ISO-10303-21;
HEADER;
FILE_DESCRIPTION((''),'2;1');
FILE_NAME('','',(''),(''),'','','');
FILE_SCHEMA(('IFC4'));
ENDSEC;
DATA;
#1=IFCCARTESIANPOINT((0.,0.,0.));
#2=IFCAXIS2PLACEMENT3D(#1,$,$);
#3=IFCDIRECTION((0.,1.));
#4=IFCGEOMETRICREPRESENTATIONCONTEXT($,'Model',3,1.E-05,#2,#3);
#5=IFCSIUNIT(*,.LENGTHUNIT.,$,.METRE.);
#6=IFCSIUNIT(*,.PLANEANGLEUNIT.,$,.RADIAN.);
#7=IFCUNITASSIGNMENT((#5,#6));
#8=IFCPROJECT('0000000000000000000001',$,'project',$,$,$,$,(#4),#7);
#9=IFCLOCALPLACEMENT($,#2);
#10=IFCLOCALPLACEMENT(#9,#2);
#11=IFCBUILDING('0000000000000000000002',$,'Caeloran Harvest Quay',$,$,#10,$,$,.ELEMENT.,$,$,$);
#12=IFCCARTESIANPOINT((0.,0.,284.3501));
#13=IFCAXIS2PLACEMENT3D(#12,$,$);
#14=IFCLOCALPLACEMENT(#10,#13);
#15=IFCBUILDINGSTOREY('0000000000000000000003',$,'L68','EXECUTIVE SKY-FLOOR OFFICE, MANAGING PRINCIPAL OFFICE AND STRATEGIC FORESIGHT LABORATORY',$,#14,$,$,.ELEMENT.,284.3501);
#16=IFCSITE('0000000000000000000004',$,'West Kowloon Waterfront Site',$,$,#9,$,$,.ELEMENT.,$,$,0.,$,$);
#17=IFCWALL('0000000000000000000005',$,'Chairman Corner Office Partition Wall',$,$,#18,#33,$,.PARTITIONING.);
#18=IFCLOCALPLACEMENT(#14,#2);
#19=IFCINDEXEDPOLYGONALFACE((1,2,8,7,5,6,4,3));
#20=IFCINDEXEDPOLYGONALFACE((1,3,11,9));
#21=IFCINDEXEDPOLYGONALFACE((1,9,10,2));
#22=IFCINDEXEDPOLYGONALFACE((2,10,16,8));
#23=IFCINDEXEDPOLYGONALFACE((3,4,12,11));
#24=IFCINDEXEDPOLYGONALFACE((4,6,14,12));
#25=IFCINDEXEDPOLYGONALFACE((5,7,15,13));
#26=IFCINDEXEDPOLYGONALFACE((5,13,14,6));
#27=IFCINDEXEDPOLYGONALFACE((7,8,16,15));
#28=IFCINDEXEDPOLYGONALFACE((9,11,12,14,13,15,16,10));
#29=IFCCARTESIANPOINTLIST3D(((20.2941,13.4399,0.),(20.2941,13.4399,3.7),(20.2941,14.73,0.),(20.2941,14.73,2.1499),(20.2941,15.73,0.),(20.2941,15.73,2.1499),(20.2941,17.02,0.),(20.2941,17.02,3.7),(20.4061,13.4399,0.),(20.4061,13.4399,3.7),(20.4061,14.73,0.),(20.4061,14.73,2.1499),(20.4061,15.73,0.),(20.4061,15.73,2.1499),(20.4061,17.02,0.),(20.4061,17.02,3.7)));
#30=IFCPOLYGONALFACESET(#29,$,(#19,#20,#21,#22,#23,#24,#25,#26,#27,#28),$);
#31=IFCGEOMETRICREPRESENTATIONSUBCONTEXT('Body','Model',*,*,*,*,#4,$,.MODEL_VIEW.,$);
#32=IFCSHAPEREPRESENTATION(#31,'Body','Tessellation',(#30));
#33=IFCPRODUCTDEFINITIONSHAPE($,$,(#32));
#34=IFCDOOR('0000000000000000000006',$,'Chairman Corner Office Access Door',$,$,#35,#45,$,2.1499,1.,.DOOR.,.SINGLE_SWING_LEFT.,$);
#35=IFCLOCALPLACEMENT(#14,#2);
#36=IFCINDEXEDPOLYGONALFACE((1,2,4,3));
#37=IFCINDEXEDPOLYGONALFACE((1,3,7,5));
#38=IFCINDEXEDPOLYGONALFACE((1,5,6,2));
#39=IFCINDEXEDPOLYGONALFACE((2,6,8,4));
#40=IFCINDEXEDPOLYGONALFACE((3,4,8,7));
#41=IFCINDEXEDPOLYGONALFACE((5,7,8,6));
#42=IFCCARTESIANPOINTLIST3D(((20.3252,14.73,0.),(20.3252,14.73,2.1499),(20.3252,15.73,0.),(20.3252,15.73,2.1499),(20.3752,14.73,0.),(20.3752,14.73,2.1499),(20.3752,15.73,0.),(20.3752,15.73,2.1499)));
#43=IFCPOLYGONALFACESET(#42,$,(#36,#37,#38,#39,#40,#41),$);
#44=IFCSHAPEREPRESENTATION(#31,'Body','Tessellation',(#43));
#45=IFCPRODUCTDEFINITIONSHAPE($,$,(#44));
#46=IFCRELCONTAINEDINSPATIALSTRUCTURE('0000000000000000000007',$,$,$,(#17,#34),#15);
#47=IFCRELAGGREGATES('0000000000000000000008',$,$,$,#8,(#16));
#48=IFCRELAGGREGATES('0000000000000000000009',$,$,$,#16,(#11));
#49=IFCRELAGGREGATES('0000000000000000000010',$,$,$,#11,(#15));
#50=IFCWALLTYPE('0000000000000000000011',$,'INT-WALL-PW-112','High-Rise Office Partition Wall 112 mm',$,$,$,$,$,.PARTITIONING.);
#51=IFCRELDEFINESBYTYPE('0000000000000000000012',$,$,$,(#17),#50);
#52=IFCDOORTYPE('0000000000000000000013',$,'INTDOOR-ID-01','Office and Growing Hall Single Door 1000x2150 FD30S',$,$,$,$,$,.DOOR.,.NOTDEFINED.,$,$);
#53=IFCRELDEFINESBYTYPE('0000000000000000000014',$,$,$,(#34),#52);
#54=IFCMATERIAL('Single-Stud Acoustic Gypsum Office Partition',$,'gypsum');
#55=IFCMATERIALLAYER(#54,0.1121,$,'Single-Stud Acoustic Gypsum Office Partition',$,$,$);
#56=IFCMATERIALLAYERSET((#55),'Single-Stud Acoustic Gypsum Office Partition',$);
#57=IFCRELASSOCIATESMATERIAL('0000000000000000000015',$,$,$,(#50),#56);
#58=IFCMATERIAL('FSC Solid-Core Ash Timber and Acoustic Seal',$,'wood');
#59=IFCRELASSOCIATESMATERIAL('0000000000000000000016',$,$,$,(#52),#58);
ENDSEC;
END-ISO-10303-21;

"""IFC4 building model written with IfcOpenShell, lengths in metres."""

from ifc_helpers import new_model, si_unit, direction, frame, frame_2d, origin, place, context, subcontext, project, spatial, rectangle, extrude, material, layer, layer_set, type_object, element, fill, save


model = new_model("IFC4")

# Units and contexts
model_context = context("Model", 3, precision=1e-05, world=origin(), true_north=direction((0.0, 1.0)))
body_context = subcontext(model_context, "Body", "Model", "MODEL_VIEW")
ifc_project = project(units=[si_unit("LENGTHUNIT", "METRE"), si_unit("PLANEANGLEUNIT", "RADIAN")], contexts=[model_context])

# Site, building, storey
site_placement = place(None, origin())
site = spatial("IfcSite", under=ifc_project, at=site_placement, Name="West Kowloon Waterfront Site", CompositionType="ELEMENT", RefElevation=0.0)
building_placement = place(site_placement, origin())
building = spatial("IfcBuilding", under=site, at=building_placement, Name="Caeloran Harvest Quay", CompositionType="ELEMENT")
storey_placement = place(building_placement, frame((0.0, 0.0, 284.3501)))
storey = spatial("IfcBuildingStorey", under=building, at=storey_placement, Name="L68", Description="EXECUTIVE SKY-FLOOR OFFICE, MANAGING PRINCIPAL OFFICE AND STRATEGIC FORESIGHT LABORATORY", CompositionType="ELEMENT", Elevation=284.3501)

# Shared definitions
ifc_material_1 = material(Name="Single-Stud Acoustic Gypsum Office Partition", Category="gypsum")
ifc_layer_1 = layer(ifc_material_1, 0.1121, Name="Single-Stud Acoustic Gypsum Office Partition")
ifc_layer_set_1 = layer_set([ifc_layer_1], Name="Single-Stud Acoustic Gypsum Office Partition")
wall_type_1 = type_object("IfcWallType", Name="INT-WALL-PW-112", Description="High-Rise Office Partition Wall 112 mm", PredefinedType="PARTITIONING", material=ifc_layer_set_1)

# Shared definitions
ifc_material_2 = material(Name="FSC Solid-Core Ash Timber and Acoustic Seal", Category="wood")
door_type = type_object("IfcDoorType", Name="INTDOOR-ID-01", Description="Office and Growing Hall Single Door 1000x2150 FD30S", OperationType="NOTDEFINED", PredefinedType="DOOR", material=ifc_material_2)

# Wall, opening, door
wall_1_placement = place(storey_placement, frame((20.3501, 13.4399, 0.0), z_axis=(0.0, 0.0, 1.0), x_axis=(0.0, 1.0, 0.0)))
wall_1 = element("IfcWall", 1, at=wall_1_placement, inside=storey, type_object=wall_type_1, Name="Chairman Corner Office Partition Wall", PredefinedType="PARTITIONING", context=body_context, shape_type="SweptSolid", body=[
    extrude(rectangle(XDim=3.5801, YDim=0.1121, at=frame_2d((1.79, 0.0))), origin(), (0.0, 0.0, 1.0), 3.7),
])
opening_1_placement = place(wall_1_placement, frame((1.29, 0.0, 0.0)))
opening_1 = element("IfcOpeningElement", 2, at=opening_1_placement, cuts=wall_1, PredefinedType="OPENING", context=body_context, shape_type="SweptSolid", body=[
    extrude(rectangle(XDim=1.0, YDim=2.1499, at=frame_2d((0.5, 1.075))), frame((0.0, 0.0659, 0.0), z_axis=(0.0, -1.0, 0.0), x_axis=(1.0, 0.0, 0.0)), (0.0, 0.0, 1.0), 0.1321),
])
door_1_placement = place(opening_1_placement, origin())
door_1 = element("IfcDoor", 3, at=door_1_placement, inside=storey, type_object=door_type, Name="Chairman Corner Office Access Door", OperationType="SINGLE_SWING_LEFT", OverallHeight=2.1499, OverallWidth=1.0, PredefinedType="DOOR", context=body_context, shape_type="SweptSolid", body=[
    extrude(rectangle(XDim=1.0, YDim=2.1499, at=frame_2d((0.5, 1.075))), frame((0.0, 0.0249, 0.0), z_axis=(0.0, -1.0, 0.0), x_axis=(1.0, 0.0, 0.0)), (0.0, 0.0, 1.0), 0.05),
])
fill(opening_1, door_1)

save(model, "model.ifc")
